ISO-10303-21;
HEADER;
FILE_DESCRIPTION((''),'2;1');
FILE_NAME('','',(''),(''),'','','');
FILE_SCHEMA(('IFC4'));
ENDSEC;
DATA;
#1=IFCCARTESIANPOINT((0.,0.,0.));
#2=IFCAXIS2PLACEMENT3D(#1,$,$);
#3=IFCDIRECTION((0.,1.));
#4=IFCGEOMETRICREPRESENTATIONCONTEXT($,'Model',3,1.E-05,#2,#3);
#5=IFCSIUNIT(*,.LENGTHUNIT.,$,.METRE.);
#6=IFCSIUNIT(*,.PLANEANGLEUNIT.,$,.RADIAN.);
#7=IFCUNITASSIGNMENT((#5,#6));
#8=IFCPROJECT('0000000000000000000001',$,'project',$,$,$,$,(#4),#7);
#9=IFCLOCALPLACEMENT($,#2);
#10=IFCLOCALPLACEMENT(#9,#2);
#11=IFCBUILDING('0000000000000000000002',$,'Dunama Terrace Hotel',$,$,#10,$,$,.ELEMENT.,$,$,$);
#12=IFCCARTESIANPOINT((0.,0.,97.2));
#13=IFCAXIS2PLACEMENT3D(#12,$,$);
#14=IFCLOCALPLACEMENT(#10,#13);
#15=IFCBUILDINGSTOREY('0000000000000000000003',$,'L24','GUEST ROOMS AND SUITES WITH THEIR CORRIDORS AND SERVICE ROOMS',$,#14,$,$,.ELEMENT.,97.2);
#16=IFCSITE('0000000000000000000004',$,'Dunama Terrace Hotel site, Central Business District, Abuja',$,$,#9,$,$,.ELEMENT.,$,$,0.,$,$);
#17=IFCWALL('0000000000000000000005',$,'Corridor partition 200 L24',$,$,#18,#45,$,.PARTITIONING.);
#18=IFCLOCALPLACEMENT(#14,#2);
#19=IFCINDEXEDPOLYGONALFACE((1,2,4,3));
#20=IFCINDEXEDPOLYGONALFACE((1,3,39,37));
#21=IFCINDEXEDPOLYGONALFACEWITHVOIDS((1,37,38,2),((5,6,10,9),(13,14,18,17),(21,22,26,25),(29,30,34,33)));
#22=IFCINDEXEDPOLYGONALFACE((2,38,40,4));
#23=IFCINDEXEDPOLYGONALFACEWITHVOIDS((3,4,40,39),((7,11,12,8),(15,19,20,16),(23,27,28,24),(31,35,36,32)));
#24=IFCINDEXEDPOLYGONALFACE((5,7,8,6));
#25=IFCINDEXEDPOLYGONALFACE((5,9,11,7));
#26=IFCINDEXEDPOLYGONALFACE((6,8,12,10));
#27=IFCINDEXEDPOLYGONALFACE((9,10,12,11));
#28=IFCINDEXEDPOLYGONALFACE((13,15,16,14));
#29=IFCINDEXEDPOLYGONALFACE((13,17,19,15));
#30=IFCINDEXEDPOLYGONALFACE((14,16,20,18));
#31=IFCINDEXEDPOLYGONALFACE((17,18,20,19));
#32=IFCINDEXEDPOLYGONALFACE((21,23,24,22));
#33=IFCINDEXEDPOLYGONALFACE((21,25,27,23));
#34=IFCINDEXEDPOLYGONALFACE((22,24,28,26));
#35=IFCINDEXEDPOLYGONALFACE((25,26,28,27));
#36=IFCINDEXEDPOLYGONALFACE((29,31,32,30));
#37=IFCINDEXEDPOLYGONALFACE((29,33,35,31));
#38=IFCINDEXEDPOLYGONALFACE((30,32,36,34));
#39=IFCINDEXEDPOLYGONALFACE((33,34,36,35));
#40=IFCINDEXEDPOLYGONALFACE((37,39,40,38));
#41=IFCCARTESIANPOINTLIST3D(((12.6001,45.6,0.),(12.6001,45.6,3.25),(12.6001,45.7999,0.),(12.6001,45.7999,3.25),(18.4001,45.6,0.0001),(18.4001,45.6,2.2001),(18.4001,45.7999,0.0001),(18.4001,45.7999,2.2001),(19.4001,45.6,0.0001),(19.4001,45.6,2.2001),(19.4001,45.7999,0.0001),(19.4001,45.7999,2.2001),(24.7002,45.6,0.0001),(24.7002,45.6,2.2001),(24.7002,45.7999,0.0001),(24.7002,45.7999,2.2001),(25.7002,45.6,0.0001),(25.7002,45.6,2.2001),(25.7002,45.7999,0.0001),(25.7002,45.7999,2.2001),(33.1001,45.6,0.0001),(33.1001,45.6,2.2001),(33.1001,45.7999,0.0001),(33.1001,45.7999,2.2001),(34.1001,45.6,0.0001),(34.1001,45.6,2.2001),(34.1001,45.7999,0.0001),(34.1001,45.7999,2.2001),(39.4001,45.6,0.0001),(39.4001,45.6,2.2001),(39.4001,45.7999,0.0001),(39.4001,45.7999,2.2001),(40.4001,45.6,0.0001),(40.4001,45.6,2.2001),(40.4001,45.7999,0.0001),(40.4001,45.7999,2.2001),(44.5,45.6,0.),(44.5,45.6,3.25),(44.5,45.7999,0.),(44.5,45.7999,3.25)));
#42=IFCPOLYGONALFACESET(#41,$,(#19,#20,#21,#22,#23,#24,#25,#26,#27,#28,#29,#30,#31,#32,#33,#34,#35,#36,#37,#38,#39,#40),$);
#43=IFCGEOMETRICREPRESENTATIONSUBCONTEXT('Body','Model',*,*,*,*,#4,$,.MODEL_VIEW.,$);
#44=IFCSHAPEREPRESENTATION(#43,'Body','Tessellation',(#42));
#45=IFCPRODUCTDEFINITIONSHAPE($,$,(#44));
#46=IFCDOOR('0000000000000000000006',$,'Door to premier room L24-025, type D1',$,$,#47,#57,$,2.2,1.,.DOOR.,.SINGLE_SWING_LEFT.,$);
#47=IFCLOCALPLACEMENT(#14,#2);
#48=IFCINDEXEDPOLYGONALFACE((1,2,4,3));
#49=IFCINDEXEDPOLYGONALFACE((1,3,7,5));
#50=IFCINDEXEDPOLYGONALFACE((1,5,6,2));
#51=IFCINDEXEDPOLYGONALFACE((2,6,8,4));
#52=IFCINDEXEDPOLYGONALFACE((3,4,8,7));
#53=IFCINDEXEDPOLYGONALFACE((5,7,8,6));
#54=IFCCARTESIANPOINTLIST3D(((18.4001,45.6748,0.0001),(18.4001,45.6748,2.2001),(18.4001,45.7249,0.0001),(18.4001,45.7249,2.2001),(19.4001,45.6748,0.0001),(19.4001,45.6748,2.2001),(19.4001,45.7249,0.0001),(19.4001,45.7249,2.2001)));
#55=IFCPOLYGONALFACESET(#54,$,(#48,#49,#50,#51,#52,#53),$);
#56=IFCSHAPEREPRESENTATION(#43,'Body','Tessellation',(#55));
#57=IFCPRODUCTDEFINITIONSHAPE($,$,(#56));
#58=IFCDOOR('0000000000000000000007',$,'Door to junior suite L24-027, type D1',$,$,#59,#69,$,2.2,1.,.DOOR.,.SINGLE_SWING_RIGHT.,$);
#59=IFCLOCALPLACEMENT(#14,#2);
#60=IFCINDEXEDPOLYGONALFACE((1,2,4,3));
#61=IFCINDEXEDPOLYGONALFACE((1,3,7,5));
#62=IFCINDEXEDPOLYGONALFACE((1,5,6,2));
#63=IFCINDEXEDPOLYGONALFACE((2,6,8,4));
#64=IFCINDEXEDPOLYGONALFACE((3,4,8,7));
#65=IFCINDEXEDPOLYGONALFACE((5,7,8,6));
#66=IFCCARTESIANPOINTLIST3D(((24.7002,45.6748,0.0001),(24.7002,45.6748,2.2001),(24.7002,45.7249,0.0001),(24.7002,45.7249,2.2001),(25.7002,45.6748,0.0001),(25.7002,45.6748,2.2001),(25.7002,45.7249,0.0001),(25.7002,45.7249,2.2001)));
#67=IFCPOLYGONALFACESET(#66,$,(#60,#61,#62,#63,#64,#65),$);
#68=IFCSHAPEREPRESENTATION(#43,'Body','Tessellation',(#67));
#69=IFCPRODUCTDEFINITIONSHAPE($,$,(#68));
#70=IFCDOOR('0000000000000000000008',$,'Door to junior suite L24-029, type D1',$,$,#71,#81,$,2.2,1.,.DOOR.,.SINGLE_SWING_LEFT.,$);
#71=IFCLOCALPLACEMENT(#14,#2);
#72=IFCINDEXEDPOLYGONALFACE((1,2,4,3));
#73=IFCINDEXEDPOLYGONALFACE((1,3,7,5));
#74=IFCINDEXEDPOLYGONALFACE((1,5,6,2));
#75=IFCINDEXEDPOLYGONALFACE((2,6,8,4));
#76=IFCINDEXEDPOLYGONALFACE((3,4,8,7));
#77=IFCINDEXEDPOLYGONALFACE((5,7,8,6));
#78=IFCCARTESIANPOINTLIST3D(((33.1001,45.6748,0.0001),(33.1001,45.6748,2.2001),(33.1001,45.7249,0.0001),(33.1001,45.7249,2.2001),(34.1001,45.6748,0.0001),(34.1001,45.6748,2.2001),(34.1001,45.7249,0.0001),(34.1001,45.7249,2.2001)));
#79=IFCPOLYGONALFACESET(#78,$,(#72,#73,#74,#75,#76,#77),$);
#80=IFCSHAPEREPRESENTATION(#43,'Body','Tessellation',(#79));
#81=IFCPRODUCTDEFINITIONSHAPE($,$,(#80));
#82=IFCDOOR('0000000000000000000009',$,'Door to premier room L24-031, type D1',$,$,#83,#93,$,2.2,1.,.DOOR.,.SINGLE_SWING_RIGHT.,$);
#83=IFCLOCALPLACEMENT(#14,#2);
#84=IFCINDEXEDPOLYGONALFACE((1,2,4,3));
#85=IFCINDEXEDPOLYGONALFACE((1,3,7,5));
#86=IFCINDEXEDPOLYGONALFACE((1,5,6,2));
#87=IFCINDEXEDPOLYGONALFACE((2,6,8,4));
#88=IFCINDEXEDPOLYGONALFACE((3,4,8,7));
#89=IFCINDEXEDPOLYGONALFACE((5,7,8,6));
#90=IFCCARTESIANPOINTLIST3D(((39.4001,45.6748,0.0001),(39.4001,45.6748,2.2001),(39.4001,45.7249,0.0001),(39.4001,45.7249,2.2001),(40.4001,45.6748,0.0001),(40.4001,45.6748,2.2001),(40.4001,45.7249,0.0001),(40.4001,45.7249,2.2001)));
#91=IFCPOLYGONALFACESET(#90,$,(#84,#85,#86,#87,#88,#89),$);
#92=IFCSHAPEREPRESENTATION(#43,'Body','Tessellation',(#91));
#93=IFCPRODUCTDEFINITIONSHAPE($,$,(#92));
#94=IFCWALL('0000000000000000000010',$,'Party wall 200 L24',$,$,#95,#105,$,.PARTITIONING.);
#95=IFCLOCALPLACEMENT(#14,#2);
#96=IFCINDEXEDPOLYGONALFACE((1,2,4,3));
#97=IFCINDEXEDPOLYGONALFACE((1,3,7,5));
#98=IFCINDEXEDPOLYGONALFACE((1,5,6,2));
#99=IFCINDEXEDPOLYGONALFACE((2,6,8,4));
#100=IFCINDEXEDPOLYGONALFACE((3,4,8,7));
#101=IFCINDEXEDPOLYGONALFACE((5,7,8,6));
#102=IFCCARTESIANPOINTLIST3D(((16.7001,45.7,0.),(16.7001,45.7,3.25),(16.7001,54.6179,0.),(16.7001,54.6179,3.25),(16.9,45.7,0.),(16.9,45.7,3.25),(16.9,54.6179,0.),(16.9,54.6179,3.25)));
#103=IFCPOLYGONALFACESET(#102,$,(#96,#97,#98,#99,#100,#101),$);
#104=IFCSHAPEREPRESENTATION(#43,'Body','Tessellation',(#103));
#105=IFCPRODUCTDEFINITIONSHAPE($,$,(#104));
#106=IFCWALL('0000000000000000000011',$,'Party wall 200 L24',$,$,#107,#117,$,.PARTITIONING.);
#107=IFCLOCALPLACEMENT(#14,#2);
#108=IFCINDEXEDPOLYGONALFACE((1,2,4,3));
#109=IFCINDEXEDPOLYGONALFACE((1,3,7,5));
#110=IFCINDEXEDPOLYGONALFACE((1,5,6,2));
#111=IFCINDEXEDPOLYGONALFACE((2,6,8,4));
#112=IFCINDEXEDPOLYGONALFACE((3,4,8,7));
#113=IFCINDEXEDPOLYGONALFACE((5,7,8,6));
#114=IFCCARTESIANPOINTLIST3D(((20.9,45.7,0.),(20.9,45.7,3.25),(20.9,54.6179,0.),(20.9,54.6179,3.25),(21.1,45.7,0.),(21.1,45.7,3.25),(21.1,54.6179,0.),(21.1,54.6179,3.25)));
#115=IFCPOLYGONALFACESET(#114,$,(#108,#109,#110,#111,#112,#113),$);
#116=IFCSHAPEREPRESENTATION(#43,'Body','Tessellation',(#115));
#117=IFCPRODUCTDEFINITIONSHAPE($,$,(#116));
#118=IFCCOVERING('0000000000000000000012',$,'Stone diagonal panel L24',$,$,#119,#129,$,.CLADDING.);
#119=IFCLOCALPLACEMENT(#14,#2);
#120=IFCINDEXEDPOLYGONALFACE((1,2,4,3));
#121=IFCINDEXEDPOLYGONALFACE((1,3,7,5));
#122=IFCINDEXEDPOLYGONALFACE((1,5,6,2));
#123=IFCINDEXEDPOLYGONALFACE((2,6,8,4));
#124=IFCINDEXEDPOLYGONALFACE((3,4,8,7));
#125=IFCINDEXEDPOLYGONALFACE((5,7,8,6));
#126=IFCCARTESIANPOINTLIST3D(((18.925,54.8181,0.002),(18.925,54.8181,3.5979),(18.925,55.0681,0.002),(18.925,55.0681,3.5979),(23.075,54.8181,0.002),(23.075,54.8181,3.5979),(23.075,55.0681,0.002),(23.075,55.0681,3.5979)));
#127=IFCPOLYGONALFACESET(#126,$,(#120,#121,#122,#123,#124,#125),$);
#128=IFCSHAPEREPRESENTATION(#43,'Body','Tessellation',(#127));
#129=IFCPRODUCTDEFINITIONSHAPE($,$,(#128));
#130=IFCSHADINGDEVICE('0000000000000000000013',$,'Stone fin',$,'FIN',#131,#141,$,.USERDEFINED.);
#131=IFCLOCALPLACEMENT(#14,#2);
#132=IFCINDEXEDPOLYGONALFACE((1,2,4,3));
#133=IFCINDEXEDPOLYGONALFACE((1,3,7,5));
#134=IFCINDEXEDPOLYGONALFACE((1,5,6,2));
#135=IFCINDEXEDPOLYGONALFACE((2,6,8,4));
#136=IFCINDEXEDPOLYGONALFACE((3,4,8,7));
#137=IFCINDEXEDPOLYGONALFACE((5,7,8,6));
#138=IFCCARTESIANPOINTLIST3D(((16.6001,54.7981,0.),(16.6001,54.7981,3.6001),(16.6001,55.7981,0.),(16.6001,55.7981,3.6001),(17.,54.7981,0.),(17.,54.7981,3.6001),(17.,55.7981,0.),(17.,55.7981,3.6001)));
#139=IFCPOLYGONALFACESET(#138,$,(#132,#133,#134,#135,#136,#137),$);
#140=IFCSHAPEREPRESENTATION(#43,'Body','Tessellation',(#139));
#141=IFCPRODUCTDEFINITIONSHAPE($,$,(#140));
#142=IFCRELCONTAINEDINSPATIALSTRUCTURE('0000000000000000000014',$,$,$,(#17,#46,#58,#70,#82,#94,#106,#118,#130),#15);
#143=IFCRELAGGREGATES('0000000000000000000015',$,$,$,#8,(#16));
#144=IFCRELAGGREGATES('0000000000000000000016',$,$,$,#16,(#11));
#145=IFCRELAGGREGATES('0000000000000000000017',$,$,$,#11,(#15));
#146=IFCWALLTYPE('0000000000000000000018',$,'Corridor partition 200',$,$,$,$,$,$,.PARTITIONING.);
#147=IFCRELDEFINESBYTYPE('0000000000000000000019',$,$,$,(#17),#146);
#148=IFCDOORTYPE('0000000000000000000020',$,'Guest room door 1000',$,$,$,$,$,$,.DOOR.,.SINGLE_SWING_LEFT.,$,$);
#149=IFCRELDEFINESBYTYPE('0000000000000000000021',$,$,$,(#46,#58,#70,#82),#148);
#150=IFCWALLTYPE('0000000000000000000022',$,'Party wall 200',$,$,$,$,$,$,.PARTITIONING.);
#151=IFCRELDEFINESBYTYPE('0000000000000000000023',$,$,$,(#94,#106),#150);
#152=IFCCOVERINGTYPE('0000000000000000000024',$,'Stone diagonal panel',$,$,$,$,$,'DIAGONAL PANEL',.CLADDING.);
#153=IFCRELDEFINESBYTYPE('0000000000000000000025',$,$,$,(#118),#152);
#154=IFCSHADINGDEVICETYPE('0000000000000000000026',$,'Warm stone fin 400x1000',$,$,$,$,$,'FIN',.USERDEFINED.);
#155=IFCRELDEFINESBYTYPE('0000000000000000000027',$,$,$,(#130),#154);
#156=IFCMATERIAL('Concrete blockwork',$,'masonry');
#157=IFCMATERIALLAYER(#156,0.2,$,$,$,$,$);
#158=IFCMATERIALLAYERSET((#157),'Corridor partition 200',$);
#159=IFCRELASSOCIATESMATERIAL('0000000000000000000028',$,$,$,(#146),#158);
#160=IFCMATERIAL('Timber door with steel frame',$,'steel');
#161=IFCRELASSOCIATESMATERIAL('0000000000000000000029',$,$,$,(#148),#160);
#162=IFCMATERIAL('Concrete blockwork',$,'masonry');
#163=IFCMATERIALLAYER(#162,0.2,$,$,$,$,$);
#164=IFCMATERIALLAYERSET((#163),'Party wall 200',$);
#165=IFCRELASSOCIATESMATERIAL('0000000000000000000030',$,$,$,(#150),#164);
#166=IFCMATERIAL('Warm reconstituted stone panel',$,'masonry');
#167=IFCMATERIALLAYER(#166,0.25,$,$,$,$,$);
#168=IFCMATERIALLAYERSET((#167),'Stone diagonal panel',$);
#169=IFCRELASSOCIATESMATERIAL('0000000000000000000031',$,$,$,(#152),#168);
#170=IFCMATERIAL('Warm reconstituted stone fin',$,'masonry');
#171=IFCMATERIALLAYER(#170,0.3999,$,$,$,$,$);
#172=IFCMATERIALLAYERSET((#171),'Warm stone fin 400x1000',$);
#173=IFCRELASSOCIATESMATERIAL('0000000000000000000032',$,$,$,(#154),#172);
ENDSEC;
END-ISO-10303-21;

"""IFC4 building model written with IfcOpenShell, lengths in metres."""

from ifc_helpers import new_model, si_unit, direction, frame, frame_2d, origin, origin_2d, place, context, subcontext, project, spatial, rectangle, extrude, material, layer, layer_set, type_object, element, fill, save


model = new_model("IFC4")

# Units and contexts
model_context = context("Model", 3, precision=1e-05, world=origin(), true_north=direction((0.0, 1.0)))
body_context = subcontext(model_context, "Body", "Model", "MODEL_VIEW")
ifc_project = project(units=[si_unit("LENGTHUNIT", "METRE"), si_unit("PLANEANGLEUNIT", "RADIAN")], contexts=[model_context])

# Site, building, storey
site_placement = place(None, origin())
site = spatial("IfcSite", under=ifc_project, at=site_placement, Name="Dunama Terrace Hotel site, Central Business District, Abuja", CompositionType="ELEMENT", RefElevation=0.0)
building_placement = place(site_placement, origin())
building = spatial("IfcBuilding", under=site, at=building_placement, Name="Dunama Terrace Hotel", CompositionType="ELEMENT")
storey_placement = place(building_placement, frame((0.0, 0.0, 97.2)))
storey = spatial("IfcBuildingStorey", under=building, at=storey_placement, Name="L24", Description="GUEST ROOMS AND SUITES WITH THEIR CORRIDORS AND SERVICE ROOMS", CompositionType="ELEMENT", Elevation=97.2)

# Wall, openings, doors
ifc_material_1 = material(Name="Concrete blockwork", Category="masonry")
ifc_layer_1 = layer(ifc_material_1, 0.2)
ifc_layer_set_1 = layer_set([ifc_layer_1], Name="Corridor partition 200")
wall_type_1 = type_object("IfcWallType", Name="Corridor partition 200", PredefinedType="PARTITIONING", material=ifc_layer_set_1)
wall_1_placement = place(storey_placement, frame((12.6001, 45.7, 0.0), z_axis=(0.0, 0.0, 1.0), x_axis=(1.0, 0.0, 0.0)))
wall_1 = element("IfcWall", 1, at=wall_1_placement, inside=storey, type_object=wall_type_1, Name="Corridor partition 200 L24", PredefinedType="PARTITIONING", context=body_context, shape_type="SweptSolid", body=[
    extrude(rectangle(XDim=31.8999, YDim=0.2, at=frame_2d((15.95, 0.0))), origin(), (0.0, 0.0, 1.0), 3.25),
])
opening_1_placement = place(wall_1_placement, frame((5.8, 0.0, 0.0)))
opening_1 = element("IfcOpeningElement", 2, at=opening_1_placement, cuts=wall_1, PredefinedType="OPENING", context=body_context, shape_type="SweptSolid", body=[
    extrude(rectangle(XDim=1.0, YDim=2.2, at=frame_2d((0.5, 1.1001))), frame((0.0, 0.1099, 0.0), z_axis=(0.0, -1.0, 0.0), x_axis=(1.0, 0.0, 0.0)), (0.0, 0.0, 1.0), 0.22),
])
opening_2_placement = place(wall_1_placement, frame((12.1001, 0.0, 0.0)))
opening_2 = element("IfcOpeningElement", 3, at=opening_2_placement, cuts=wall_1, PredefinedType="OPENING", context=body_context, shape_type="SweptSolid", body=[
    extrude(rectangle(XDim=1.0, YDim=2.2, at=frame_2d((0.5, 1.1001))), frame((0.0, 0.1099, 0.0), z_axis=(0.0, -1.0, 0.0), x_axis=(1.0, 0.0, 0.0)), (0.0, 0.0, 1.0), 0.22),
])
opening_3_placement = place(wall_1_placement, frame((20.5, 0.0, 0.0)))
opening_3 = element("IfcOpeningElement", 4, at=opening_3_placement, cuts=wall_1, PredefinedType="OPENING", context=body_context, shape_type="SweptSolid", body=[
    extrude(rectangle(XDim=1.0, YDim=2.2, at=frame_2d((0.5, 1.1001))), frame((0.0, 0.1099, 0.0), z_axis=(0.0, -1.0, 0.0), x_axis=(1.0, 0.0, 0.0)), (0.0, 0.0, 1.0), 0.22),
])
opening_4_placement = place(wall_1_placement, frame((26.8, 0.0, 0.0)))
opening_4 = element("IfcOpeningElement", 5, at=opening_4_placement, cuts=wall_1, PredefinedType="OPENING", context=body_context, shape_type="SweptSolid", body=[
    extrude(rectangle(XDim=1.0, YDim=2.2, at=frame_2d((0.5, 1.1001))), frame((0.0, 0.1099, 0.0), z_axis=(0.0, -1.0, 0.0), x_axis=(1.0, 0.0, 0.0)), (0.0, 0.0, 1.0), 0.22),
])
ifc_material_2 = material(Name="Timber door with steel frame", Category="steel")
door_type_1 = type_object("IfcDoorType", Name="Guest room door 1000", OperationType="SINGLE_SWING_LEFT", PredefinedType="DOOR", material=ifc_material_2)
door_1_placement = place(opening_1_placement, origin())
door_1 = element("IfcDoor", 6, at=door_1_placement, inside=storey, type_object=door_type_1, Name="Door to premier room L24-025, type D1", OperationType="SINGLE_SWING_LEFT", OverallHeight=2.2, OverallWidth=1.0, PredefinedType="DOOR", context=body_context, shape_type="SweptSolid", body=[
    extrude(rectangle(XDim=1.0, YDim=2.2, at=frame_2d((0.5, 1.1001))), frame((0.0, 0.0249, 0.0), z_axis=(0.0, -1.0, 0.0), x_axis=(1.0, 0.0, 0.0)), (0.0, 0.0, 1.0), 0.05),
])
fill(opening_1, door_1)
door_2_placement = place(opening_2_placement, origin())
door_2 = element("IfcDoor", 7, at=door_2_placement, inside=storey, type_object=door_type_1, Name="Door to junior suite L24-027, type D1", OperationType="SINGLE_SWING_RIGHT", OverallHeight=2.2, OverallWidth=1.0, PredefinedType="DOOR", context=body_context, shape_type="SweptSolid", body=[
    extrude(rectangle(XDim=1.0, YDim=2.2, at=frame_2d((0.5, 1.1001))), frame((0.0, 0.0249, 0.0), z_axis=(0.0, -1.0, 0.0), x_axis=(1.0, 0.0, 0.0)), (0.0, 0.0, 1.0), 0.05),
])
fill(opening_2, door_2)
door_3_placement = place(opening_3_placement, origin())
door_3 = element("IfcDoor", 8, at=door_3_placement, inside=storey, type_object=door_type_1, Name="Door to junior suite L24-029, type D1", OperationType="SINGLE_SWING_LEFT", OverallHeight=2.2, OverallWidth=1.0, PredefinedType="DOOR", context=body_context, shape_type="SweptSolid", body=[
    extrude(rectangle(XDim=1.0, YDim=2.2, at=frame_2d((0.5, 1.1001))), frame((0.0, 0.0249, 0.0), z_axis=(0.0, -1.0, 0.0), x_axis=(1.0, 0.0, 0.0)), (0.0, 0.0, 1.0), 0.05),
])
fill(opening_3, door_3)
door_4_placement = place(opening_4_placement, origin())
door_4 = element("IfcDoor", 9, at=door_4_placement, inside=storey, type_object=door_type_1, Name="Door to premier room L24-031, type D1", OperationType="SINGLE_SWING_RIGHT", OverallHeight=2.2, OverallWidth=1.0, PredefinedType="DOOR", context=body_context, shape_type="SweptSolid", body=[
    extrude(rectangle(XDim=1.0, YDim=2.2, at=frame_2d((0.5, 1.1001))), frame((0.0, 0.0249, 0.0), z_axis=(0.0, -1.0, 0.0), x_axis=(1.0, 0.0, 0.0)), (0.0, 0.0, 1.0), 0.05),
])
fill(opening_4, door_4)

# Walls
ifc_material_3 = material(Name="Concrete blockwork", Category="masonry")
ifc_layer_2 = layer(ifc_material_3, 0.2)
ifc_layer_set_2 = layer_set([ifc_layer_2], Name="Party wall 200")
wall_type_2 = type_object("IfcWallType", Name="Party wall 200", PredefinedType="PARTITIONING", material=ifc_layer_set_2)
for number, where, z_axis, x_axis, name in (
    (10, (16.8, 45.7, 0.0), (0.0, 0.0, 1.0), (0.0, 1.0, 0.0), "Party wall 200 L24"),
    (11, (21.0, 45.7, 0.0), (0.0, 0.0, 1.0), (0.0, 1.0, 0.0), "Party wall 200 L24"),
):
    element("IfcWall", number, at=place(storey_placement, frame(where, z_axis=z_axis, x_axis=x_axis)), inside=storey, type_object=wall_type_2, Name=name, PredefinedType="PARTITIONING", context=body_context, shape_type="SweptSolid", body=[
        extrude(rectangle(XDim=8.918, YDim=0.2, at=frame_2d((4.459, 0.0))), origin(), (0.0, 0.0, 1.0), 3.25),
    ])

# Covering
ifc_material_4 = material(Name="Warm reconstituted stone panel", Category="masonry")
ifc_layer_3 = layer(ifc_material_4, 0.25)
ifc_layer_set_3 = layer_set([ifc_layer_3], Name="Stone diagonal panel")
covering_type = type_object("IfcCoveringType", Name="Stone diagonal panel", ElementType="DIAGONAL PANEL", PredefinedType="CLADDING", material=ifc_layer_set_3)
covering_placement = place(storey_placement, frame((21.0, 54.9431, 0.002), z_axis=(0.0, 0.0, 1.0), x_axis=(-1.0, 0.0, 0.0)))
element("IfcCovering", 12, at=covering_placement, inside=storey, type_object=covering_type, Name="Stone diagonal panel L24", PredefinedType="CLADDING", context=body_context, shape_type="SweptSolid", body=[
    extrude(rectangle(XDim=4.1499, YDim=0.25, at=origin_2d()), origin(), (0.0, 0.0, 1.0), 3.5959),
])

# Shading device
ifc_material_5 = material(Name="Warm reconstituted stone fin", Category="masonry")
ifc_layer_4 = layer(ifc_material_5, 0.3999)
ifc_layer_set_4 = layer_set([ifc_layer_4], Name="Warm stone fin 400x1000")
shading_device_type = type_object("IfcShadingDeviceType", Name="Warm stone fin 400x1000", ElementType="FIN", PredefinedType="USERDEFINED", material=ifc_layer_set_4)
shading_device_placement = place(storey_placement, frame((16.8, 55.2981, 0.0), z_axis=(0.0, 0.0, 1.0), x_axis=(-1.0, 0.0, 0.0)))
element("IfcShadingDevice", 13, at=shading_device_placement, inside=storey, type_object=shading_device_type, Name="Stone fin", ObjectType="FIN", PredefinedType="USERDEFINED", context=body_context, shape_type="SweptSolid", body=[
    extrude(rectangle(XDim=0.3999, YDim=1.0, at=origin_2d()), origin(), (0.0, 0.0, 1.0), 3.6001),
])

save(model, "model.ifc")
